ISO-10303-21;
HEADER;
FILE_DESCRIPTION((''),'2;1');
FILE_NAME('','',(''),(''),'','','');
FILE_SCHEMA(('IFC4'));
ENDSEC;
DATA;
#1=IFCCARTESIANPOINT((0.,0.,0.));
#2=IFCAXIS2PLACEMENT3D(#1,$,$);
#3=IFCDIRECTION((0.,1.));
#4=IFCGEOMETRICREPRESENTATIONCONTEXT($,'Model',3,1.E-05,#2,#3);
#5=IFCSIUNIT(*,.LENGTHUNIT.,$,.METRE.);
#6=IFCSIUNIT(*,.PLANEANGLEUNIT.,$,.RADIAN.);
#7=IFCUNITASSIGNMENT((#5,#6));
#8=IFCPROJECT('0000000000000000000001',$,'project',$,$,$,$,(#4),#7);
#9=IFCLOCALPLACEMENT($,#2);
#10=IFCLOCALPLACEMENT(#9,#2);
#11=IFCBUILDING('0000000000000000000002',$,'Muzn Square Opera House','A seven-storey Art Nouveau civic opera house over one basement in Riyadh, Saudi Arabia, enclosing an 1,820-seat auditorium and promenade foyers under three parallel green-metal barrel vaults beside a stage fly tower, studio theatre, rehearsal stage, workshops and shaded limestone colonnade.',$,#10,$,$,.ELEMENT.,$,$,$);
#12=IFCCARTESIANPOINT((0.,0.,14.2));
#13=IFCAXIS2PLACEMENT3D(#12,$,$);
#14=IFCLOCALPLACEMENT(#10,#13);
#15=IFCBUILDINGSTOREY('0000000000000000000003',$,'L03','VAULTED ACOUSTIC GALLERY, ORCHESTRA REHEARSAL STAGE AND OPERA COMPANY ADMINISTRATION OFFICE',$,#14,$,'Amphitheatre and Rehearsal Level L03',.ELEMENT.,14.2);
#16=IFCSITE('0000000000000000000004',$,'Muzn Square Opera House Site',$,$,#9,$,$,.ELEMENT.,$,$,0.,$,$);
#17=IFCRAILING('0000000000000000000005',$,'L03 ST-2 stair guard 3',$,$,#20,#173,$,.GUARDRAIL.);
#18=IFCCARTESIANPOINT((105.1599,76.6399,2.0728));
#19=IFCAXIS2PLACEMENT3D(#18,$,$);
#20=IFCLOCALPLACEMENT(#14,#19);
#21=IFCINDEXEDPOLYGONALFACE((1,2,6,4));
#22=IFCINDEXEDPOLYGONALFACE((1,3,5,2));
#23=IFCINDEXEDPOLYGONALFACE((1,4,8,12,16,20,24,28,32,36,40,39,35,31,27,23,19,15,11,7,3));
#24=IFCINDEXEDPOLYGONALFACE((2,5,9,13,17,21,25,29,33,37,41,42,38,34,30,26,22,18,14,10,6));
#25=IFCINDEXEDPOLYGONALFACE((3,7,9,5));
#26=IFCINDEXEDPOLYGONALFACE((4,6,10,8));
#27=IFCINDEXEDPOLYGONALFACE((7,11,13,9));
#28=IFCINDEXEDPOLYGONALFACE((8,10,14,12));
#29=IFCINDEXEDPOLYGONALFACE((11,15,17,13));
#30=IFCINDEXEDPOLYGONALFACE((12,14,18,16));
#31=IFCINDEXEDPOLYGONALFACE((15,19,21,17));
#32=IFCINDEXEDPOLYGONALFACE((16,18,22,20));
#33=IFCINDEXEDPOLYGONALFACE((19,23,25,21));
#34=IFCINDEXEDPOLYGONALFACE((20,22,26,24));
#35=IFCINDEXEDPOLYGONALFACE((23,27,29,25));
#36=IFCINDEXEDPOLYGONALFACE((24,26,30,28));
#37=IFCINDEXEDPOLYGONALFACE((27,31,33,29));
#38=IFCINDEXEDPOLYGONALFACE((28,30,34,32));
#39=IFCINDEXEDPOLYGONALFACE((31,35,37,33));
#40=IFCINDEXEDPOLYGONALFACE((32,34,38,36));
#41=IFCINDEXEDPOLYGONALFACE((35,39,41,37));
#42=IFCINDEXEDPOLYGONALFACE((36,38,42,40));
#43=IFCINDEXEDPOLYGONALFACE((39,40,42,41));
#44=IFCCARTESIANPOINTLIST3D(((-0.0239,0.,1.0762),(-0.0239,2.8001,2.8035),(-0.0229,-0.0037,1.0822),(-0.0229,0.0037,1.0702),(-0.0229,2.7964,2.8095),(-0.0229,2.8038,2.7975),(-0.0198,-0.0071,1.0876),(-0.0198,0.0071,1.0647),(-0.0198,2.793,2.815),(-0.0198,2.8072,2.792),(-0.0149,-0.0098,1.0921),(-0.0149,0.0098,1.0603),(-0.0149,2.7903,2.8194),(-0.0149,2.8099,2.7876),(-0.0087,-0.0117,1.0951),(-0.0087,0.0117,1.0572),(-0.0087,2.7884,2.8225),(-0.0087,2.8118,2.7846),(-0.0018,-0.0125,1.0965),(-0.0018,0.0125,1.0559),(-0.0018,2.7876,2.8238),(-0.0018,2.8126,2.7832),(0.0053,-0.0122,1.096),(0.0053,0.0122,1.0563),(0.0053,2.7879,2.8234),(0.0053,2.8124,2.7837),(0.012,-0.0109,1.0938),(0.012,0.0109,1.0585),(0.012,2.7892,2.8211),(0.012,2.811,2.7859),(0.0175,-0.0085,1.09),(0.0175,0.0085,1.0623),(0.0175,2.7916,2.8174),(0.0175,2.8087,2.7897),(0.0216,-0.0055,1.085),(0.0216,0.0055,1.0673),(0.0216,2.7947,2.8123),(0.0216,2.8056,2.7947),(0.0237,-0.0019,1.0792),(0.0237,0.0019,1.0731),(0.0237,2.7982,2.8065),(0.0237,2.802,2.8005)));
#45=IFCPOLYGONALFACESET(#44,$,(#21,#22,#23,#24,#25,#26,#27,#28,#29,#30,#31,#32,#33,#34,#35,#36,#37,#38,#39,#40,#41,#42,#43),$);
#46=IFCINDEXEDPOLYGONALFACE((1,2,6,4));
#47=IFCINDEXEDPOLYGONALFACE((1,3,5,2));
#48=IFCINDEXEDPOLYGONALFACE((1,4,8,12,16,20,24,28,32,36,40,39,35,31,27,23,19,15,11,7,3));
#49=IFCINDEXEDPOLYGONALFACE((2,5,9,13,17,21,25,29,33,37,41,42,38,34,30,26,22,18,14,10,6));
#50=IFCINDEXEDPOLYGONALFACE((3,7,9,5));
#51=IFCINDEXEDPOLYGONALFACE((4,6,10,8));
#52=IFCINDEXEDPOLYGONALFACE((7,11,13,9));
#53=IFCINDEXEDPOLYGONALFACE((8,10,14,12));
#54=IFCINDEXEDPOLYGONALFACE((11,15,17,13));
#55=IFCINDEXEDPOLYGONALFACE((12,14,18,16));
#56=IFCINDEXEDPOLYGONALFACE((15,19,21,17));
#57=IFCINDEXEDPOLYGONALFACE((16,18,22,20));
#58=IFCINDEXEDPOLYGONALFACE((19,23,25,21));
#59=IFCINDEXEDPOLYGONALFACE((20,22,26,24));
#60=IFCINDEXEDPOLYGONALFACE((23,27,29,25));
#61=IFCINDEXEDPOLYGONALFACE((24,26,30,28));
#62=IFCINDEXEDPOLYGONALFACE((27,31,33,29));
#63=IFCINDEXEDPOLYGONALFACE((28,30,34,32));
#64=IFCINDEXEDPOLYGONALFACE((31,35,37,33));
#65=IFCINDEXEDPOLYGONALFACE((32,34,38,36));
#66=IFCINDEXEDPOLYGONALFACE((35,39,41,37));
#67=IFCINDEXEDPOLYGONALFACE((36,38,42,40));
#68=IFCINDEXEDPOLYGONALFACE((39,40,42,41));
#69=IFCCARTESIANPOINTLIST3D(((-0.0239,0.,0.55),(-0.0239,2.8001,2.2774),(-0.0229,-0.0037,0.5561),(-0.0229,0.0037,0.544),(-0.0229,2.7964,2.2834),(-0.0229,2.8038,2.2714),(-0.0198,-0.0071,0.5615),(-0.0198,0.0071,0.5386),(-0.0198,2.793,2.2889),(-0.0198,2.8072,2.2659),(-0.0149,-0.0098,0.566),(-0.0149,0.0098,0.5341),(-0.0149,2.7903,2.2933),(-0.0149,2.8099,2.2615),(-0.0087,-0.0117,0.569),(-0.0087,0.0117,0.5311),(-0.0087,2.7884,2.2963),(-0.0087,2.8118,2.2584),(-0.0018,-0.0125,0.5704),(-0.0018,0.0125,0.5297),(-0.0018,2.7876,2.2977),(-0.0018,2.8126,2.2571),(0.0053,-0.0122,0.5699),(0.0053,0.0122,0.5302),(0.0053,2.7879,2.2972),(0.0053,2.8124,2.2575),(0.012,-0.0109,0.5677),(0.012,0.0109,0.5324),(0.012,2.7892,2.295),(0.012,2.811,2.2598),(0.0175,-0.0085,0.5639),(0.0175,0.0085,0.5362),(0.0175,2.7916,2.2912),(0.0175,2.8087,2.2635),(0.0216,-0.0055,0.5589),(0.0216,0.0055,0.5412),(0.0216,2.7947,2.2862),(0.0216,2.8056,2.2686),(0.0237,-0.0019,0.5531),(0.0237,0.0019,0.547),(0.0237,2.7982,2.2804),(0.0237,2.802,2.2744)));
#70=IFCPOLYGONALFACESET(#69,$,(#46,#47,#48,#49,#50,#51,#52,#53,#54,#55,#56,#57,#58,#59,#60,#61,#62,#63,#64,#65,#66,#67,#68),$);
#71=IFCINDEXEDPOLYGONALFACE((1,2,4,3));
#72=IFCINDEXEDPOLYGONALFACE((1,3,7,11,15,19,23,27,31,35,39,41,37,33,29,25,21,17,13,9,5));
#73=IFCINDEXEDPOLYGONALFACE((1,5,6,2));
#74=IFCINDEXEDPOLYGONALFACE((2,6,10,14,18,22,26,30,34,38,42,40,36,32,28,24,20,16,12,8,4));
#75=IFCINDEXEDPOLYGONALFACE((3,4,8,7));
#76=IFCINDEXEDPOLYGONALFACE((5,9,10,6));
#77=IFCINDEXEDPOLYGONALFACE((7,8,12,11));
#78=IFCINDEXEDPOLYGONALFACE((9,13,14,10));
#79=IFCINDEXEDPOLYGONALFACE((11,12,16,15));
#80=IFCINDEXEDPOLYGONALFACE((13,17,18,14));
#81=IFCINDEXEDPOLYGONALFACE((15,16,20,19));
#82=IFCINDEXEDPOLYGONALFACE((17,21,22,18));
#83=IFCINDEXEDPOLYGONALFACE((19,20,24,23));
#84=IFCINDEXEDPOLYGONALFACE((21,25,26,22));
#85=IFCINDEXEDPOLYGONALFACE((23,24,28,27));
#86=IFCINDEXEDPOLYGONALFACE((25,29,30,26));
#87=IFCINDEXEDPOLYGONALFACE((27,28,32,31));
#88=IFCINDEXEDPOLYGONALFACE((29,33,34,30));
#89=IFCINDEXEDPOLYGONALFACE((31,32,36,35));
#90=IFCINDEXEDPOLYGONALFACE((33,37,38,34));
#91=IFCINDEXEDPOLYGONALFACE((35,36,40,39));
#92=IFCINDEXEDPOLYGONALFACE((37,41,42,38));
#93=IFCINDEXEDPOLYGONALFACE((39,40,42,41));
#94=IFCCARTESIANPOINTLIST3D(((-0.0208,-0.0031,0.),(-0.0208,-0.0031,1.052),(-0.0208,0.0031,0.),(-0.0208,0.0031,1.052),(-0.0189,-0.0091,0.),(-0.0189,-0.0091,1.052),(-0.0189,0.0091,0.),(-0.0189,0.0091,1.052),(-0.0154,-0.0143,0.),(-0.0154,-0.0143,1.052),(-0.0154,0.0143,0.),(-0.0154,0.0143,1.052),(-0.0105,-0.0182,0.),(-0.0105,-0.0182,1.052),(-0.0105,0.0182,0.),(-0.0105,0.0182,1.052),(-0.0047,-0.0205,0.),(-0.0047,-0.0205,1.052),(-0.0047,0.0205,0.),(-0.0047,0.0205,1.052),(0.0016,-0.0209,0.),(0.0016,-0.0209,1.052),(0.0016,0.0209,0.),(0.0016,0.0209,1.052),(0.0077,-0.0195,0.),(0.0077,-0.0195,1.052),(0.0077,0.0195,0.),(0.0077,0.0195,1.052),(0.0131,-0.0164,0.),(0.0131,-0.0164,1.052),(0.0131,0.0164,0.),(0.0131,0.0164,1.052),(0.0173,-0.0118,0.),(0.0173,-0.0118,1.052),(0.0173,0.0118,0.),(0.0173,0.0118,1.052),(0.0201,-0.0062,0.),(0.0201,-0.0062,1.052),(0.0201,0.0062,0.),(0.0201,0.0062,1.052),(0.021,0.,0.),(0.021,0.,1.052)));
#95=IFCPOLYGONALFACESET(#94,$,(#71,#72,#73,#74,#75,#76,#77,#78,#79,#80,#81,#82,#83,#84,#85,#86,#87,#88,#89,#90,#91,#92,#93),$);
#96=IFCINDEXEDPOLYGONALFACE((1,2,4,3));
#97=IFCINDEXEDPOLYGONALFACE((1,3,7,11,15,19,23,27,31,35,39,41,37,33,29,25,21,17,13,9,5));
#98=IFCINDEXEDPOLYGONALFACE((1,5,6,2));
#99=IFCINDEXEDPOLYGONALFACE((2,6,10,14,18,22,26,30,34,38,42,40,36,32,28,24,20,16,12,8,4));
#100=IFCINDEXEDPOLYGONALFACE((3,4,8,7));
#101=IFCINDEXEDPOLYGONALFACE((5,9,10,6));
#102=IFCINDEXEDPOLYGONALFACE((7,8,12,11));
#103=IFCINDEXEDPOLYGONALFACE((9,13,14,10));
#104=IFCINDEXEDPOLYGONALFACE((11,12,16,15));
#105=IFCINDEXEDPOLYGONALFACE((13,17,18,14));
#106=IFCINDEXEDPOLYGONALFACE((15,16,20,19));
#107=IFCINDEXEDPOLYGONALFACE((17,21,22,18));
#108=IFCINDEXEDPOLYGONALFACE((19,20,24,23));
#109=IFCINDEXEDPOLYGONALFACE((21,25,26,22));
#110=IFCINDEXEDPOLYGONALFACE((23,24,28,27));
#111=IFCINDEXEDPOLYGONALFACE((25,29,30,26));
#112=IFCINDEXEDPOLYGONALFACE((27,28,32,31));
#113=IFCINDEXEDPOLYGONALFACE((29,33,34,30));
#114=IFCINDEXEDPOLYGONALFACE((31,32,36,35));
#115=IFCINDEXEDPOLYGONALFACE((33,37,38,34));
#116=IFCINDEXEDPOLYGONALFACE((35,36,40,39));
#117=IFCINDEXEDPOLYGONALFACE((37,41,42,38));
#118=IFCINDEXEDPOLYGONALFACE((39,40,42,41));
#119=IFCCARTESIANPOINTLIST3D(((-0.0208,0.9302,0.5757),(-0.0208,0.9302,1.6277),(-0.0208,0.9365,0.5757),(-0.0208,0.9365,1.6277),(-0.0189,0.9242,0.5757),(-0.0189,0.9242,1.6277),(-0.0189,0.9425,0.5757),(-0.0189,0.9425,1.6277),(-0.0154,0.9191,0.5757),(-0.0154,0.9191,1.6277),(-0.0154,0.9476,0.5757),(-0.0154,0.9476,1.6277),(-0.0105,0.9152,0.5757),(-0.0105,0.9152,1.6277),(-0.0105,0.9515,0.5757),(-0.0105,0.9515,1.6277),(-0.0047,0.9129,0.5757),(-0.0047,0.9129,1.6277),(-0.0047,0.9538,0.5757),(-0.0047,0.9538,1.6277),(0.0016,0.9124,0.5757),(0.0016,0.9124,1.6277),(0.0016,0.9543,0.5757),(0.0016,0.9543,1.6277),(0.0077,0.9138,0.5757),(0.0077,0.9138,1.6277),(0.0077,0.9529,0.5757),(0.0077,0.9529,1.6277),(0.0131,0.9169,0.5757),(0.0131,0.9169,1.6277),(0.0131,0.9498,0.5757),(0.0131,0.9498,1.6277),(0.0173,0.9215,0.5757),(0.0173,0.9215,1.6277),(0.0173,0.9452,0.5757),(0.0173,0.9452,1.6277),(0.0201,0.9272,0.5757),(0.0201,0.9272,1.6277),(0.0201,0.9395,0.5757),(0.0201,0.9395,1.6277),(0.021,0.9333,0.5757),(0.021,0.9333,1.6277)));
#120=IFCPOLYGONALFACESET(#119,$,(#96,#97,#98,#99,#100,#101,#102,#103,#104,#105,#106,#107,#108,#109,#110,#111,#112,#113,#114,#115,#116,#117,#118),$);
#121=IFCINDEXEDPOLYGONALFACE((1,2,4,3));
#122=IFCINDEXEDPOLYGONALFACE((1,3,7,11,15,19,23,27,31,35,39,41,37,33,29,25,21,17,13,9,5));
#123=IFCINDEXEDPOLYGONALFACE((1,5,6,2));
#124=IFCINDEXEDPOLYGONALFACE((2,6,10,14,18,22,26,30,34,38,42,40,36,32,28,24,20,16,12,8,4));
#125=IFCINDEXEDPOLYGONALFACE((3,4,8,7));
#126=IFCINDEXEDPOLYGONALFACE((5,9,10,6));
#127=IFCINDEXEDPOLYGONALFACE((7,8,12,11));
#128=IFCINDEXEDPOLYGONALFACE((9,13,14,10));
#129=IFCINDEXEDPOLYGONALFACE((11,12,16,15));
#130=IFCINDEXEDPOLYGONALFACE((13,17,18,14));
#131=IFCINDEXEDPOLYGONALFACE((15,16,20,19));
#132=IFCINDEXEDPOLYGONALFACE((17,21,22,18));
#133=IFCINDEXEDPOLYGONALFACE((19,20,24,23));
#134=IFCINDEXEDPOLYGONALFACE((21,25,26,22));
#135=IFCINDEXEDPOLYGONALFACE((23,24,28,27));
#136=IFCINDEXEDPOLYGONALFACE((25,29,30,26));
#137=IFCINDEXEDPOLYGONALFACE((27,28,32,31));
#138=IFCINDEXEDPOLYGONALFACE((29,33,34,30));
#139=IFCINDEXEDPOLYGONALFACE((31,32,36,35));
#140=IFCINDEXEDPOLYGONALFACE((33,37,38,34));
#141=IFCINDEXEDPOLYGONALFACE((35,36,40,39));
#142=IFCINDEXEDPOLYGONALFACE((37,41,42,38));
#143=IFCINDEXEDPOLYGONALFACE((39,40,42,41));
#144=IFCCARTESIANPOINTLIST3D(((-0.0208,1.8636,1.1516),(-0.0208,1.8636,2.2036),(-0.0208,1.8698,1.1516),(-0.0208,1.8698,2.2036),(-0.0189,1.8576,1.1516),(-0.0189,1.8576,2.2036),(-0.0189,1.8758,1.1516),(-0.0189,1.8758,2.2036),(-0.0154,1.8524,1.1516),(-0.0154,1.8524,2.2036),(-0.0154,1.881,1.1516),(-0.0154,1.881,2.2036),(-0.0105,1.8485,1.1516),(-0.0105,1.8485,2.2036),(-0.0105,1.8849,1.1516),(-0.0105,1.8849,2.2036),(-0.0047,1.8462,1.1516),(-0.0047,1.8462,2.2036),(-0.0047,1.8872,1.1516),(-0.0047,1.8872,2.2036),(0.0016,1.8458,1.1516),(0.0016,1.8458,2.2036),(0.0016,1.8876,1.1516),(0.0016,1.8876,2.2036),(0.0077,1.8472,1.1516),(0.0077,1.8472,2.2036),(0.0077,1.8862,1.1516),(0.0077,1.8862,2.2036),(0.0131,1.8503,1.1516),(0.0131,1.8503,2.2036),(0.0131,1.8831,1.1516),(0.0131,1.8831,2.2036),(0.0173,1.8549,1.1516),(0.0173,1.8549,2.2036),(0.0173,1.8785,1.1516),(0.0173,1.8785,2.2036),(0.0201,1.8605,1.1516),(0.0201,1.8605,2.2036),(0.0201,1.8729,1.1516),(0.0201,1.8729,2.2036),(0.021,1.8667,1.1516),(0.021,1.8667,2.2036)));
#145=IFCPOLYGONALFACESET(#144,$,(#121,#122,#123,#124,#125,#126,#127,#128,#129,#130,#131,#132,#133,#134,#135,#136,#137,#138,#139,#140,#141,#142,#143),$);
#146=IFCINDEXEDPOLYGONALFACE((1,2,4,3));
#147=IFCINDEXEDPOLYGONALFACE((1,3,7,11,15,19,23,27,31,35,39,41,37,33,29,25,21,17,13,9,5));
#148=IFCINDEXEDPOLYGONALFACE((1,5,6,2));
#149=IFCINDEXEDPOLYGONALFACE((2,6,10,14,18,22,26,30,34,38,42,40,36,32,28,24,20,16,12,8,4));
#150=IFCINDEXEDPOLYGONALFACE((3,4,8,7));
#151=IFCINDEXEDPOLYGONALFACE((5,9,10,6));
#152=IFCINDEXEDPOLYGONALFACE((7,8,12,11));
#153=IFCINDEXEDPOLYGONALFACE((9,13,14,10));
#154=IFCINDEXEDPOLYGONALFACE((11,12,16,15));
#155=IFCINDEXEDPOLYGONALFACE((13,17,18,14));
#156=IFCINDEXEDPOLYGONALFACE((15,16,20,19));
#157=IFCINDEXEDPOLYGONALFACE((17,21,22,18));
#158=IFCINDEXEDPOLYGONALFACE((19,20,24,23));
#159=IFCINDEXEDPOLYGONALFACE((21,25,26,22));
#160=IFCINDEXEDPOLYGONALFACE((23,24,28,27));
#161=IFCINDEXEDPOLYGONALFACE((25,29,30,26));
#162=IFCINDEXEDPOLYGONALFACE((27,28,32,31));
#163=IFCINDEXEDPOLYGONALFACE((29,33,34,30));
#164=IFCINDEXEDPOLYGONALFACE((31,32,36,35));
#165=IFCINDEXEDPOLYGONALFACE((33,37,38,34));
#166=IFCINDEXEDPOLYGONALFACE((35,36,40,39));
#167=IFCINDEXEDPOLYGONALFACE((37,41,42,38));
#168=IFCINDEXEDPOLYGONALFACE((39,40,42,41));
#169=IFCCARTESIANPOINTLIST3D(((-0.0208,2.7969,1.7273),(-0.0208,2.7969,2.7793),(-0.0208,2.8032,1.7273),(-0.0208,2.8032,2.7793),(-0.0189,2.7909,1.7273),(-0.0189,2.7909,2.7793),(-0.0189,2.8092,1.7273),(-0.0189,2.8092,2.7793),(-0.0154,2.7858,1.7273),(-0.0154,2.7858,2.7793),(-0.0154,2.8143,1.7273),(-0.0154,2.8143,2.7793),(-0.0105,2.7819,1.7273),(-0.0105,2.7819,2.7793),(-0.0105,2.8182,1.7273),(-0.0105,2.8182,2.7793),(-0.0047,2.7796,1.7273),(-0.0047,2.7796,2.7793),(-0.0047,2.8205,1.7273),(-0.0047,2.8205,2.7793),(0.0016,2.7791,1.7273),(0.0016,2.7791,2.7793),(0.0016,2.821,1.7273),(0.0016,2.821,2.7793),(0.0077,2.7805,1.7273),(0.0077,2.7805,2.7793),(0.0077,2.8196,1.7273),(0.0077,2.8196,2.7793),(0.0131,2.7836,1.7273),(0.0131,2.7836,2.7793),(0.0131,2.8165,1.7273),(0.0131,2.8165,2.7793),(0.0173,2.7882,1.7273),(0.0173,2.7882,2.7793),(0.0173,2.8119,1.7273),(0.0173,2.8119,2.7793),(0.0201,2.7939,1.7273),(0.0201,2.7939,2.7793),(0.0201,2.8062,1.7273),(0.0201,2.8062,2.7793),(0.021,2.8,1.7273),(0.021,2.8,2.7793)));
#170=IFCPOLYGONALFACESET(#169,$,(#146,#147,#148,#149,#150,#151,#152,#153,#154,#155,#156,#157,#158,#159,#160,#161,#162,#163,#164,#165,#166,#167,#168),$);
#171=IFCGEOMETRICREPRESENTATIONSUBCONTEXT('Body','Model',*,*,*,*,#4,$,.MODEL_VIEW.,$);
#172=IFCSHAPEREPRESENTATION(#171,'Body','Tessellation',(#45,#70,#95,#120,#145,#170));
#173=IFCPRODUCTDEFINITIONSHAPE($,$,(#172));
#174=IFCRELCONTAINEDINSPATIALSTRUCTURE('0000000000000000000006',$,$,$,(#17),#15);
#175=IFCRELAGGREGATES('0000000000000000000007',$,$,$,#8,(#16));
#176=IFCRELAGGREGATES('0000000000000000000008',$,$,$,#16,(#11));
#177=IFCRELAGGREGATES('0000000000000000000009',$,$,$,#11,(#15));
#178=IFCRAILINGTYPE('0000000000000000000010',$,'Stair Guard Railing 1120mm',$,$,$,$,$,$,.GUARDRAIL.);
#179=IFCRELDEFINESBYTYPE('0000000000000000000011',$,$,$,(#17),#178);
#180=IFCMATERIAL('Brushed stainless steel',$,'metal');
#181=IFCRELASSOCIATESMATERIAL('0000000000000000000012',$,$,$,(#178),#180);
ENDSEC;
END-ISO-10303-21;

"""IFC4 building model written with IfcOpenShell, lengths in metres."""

from ifc_helpers import new_model, si_unit, direction, frame, origin, origin_2d, place, context, subcontext, project, spatial, circle, extrude, material, type_object, element, save


model = new_model("IFC4")

# Units and contexts
model_context = context("Model", 3, precision=1e-05, world=origin(), true_north=direction((0.0, 1.0)))
body_context = subcontext(model_context, "Body", "Model", "MODEL_VIEW")
ifc_project = project(units=[si_unit("LENGTHUNIT", "METRE"), si_unit("PLANEANGLEUNIT", "RADIAN")], contexts=[model_context])

# Site, building, storey
site_placement = place(None, origin())
site = spatial("IfcSite", under=ifc_project, at=site_placement, Name="Muzn Square Opera House Site", CompositionType="ELEMENT", RefElevation=0.0)
building_placement = place(site_placement, origin())
building = spatial("IfcBuilding", under=site, at=building_placement, Name="Muzn Square Opera House", Description="A seven-storey Art Nouveau civic opera house over one basement in Riyadh, Saudi Arabia, enclosing an 1,820-seat auditorium and promenade foyers under three parallel green-metal barrel vaults beside a stage fly tower, studio theatre, rehearsal stage, workshops and shaded limestone colonnade.", CompositionType="ELEMENT")
storey_placement = place(building_placement, frame((0.0, 0.0, 14.2)))
storey = spatial("IfcBuildingStorey", under=building, at=storey_placement, Name="L03", Description="VAULTED ACOUSTIC GALLERY, ORCHESTRA REHEARSAL STAGE AND OPERA COMPANY ADMINISTRATION OFFICE", LongName="Amphitheatre and Rehearsal Level L03", CompositionType="ELEMENT", Elevation=14.2)

# Shared definitions
ifc_material_1 = material(Name="Brushed stainless steel", Category="metal")

# Railing
railing_type_1 = type_object("IfcRailingType", Name="Stair Guard Railing 1120mm", PredefinedType="GUARDRAIL", material=ifc_material_1)
railing_1_placement = place(storey_placement, frame((105.1599, 76.6399, 2.0728)))
element("IfcRailing", 1, at=railing_1_placement, inside=storey, type_object=railing_type_1, Name="L03 ST-2 stair guard 3", PredefinedType="GUARDRAIL", context=body_context, shape_type="SweptSolid", body=[
    extrude(circle(Radius=0.0239, at=origin_2d()), frame((0.0, 0.0, 1.0762), z_axis=(0.0, 0.85109, 0.52502), x_axis=(-1.0, 0.0, 0.0)), (0.0, 0.0, 1.0), 3.29),
    extrude(circle(Radius=0.0239, at=origin_2d()), frame((0.0, 0.0, 0.55), z_axis=(0.0, 0.85109, 0.52502), x_axis=(-1.0, 0.0, 0.0)), (0.0, 0.0, 1.0), 3.29),
    extrude(circle(Radius=0.021, at=origin_2d()), origin(), (0.0, 0.0, 1.0), 1.052),
    extrude(circle(Radius=0.021, at=origin_2d()), frame((0.0, 0.9333, 0.5757)), (0.0, 0.0, 1.0), 1.052),
    extrude(circle(Radius=0.021, at=origin_2d()), frame((0.0, 1.8667, 1.1516)), (0.0, 0.0, 1.0), 1.052),
    extrude(circle(Radius=0.021, at=origin_2d()), frame((0.0, 2.8, 1.7273)), (0.0, 0.0, 1.0), 1.052),
])

save(model, "model.ifc")
